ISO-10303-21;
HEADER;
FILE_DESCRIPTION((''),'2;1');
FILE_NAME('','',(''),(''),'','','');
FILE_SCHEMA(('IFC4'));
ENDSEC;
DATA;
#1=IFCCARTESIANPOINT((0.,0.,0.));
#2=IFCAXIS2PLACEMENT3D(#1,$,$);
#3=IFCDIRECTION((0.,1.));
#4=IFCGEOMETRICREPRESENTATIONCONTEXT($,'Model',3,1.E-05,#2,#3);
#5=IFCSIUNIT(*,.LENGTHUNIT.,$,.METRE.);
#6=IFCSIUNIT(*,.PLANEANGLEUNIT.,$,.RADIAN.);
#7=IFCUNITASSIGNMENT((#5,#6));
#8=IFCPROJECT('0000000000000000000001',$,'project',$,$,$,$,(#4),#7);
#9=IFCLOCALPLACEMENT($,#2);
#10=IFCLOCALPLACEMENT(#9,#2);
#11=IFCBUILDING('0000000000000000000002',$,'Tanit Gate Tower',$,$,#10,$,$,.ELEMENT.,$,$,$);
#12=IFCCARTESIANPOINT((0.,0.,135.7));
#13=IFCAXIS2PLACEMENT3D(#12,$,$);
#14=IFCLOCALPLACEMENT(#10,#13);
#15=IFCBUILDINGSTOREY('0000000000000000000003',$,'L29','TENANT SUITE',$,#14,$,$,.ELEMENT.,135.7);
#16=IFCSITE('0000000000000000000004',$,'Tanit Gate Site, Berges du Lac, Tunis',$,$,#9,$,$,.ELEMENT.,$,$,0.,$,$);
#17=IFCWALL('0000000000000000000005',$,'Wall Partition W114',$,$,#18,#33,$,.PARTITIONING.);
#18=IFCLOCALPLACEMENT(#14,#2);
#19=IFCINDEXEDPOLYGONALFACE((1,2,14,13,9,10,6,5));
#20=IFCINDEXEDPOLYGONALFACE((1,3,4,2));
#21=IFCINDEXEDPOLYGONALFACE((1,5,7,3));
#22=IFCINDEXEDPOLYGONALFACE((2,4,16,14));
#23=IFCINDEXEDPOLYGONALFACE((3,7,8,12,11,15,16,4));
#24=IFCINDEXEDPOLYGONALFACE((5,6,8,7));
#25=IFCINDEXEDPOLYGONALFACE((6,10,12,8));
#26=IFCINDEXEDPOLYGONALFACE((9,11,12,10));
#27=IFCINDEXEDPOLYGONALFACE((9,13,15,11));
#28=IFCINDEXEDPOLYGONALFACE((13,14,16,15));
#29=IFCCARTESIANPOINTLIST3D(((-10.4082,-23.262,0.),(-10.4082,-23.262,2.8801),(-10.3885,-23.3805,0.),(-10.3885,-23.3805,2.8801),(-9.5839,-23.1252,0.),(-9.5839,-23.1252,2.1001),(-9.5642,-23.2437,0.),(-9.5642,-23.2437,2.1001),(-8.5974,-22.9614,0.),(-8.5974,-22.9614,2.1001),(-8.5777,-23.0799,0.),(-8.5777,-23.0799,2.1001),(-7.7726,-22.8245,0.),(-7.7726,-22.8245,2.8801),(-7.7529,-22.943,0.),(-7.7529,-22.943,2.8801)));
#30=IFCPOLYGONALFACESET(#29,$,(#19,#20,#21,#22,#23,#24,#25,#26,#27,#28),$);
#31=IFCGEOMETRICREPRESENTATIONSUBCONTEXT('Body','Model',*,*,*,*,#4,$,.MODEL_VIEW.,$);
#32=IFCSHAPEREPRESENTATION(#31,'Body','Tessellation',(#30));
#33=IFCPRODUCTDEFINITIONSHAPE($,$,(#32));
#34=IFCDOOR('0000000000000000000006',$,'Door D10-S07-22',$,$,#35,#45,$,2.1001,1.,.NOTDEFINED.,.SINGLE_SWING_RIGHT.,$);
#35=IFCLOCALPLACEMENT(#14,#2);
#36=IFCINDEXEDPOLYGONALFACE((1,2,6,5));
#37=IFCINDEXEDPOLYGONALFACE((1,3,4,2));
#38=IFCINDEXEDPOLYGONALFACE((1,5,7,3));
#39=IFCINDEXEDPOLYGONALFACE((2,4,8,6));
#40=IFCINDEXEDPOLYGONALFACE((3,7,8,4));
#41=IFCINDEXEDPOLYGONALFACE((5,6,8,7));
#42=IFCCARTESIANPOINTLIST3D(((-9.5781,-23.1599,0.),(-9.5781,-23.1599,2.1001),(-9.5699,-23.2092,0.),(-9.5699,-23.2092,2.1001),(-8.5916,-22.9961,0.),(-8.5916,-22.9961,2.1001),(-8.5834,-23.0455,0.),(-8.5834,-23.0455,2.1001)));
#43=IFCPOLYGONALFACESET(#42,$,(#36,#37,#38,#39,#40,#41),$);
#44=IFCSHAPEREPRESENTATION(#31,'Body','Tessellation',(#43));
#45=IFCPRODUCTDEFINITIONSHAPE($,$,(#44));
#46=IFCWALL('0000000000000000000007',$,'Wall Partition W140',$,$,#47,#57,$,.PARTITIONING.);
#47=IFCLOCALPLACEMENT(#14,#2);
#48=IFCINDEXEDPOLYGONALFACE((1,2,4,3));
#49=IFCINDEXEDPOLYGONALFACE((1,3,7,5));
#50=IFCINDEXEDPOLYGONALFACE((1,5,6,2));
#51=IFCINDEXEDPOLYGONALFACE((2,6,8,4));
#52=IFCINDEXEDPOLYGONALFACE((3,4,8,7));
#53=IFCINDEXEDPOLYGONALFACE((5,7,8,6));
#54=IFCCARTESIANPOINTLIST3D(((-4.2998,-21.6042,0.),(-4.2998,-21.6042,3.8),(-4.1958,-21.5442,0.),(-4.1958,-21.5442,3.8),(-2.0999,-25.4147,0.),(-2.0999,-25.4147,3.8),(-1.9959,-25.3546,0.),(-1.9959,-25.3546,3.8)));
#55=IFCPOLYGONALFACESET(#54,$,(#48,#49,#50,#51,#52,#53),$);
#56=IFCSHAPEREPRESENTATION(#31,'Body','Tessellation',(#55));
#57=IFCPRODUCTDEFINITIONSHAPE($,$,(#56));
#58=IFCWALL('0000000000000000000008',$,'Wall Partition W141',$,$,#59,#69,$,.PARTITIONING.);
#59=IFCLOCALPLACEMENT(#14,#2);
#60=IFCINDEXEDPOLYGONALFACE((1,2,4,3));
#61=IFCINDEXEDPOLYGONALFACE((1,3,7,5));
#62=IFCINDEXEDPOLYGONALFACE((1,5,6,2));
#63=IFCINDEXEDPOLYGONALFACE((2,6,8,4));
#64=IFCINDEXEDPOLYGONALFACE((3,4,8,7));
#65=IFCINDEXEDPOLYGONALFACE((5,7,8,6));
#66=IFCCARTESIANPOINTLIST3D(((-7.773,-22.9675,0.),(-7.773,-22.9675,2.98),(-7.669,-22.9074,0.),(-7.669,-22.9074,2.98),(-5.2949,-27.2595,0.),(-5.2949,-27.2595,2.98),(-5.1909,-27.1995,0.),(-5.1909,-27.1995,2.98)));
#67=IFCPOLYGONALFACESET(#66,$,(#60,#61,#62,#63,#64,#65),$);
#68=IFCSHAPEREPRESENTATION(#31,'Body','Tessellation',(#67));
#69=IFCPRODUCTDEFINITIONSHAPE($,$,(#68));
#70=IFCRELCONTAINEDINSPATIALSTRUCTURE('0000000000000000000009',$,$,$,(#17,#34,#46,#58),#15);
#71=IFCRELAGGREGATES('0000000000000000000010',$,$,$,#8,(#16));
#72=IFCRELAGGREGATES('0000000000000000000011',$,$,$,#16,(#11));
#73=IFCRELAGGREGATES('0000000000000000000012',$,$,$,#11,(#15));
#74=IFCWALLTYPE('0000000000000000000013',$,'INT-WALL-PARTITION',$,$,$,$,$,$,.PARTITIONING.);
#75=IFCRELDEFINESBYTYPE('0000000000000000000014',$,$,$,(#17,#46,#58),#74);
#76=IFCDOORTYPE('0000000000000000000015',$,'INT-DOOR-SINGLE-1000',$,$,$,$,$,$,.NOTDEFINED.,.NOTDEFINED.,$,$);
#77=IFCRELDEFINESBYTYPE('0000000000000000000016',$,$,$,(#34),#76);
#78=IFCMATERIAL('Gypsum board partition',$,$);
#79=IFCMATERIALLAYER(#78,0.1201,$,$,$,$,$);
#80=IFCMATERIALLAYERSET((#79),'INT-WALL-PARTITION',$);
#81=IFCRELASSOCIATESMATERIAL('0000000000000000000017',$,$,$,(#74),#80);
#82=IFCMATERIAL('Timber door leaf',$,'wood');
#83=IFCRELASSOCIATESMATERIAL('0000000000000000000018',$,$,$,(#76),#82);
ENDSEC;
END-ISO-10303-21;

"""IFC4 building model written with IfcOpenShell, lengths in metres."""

from ifc_helpers import new_model, si_unit, direction, frame, frame_2d, origin, place, context, subcontext, project, spatial, rectangle, extrude, material, layer, layer_set, type_object, element, fill, save


model = new_model("IFC4")

# Units and contexts
model_context = context("Model", 3, precision=1e-05, world=origin(), true_north=direction((0.0, 1.0)))
body_context = subcontext(model_context, "Body", "Model", "MODEL_VIEW")
ifc_project = project(units=[si_unit("LENGTHUNIT", "METRE"), si_unit("PLANEANGLEUNIT", "RADIAN")], contexts=[model_context])

# Site, building, storey
site_placement = place(None, origin())
site = spatial("IfcSite", under=ifc_project, at=site_placement, Name="Tanit Gate Site, Berges du Lac, Tunis", CompositionType="ELEMENT", RefElevation=0.0)
building_placement = place(site_placement, origin())
building = spatial("IfcBuilding", under=site, at=building_placement, Name="Tanit Gate Tower", CompositionType="ELEMENT")
storey_placement = place(building_placement, frame((0.0, 0.0, 135.7)))
storey = spatial("IfcBuildingStorey", under=building, at=storey_placement, Name="L29", Description="TENANT SUITE", CompositionType="ELEMENT", Elevation=135.7)

# Shared definitions
ifc_material_1 = material(Name="Gypsum board partition")
ifc_layer_1 = layer(ifc_material_1, 0.1201)
ifc_layer_set_1 = layer_set([ifc_layer_1], Name="INT-WALL-PARTITION")
wall_type_1 = type_object("IfcWallType", Name="INT-WALL-PARTITION", PredefinedType="PARTITIONING", material=ifc_layer_set_1)
ifc_material_2 = material(Name="Timber door leaf", Category="wood")
door_type = type_object("IfcDoorType", Name="INT-DOOR-SINGLE-1000", OperationType="NOTDEFINED", PredefinedType="NOTDEFINED", material=ifc_material_2)

# Wall, opening, door
wall_1_placement = place(storey_placement, frame((-10.3984, -23.3213, 0.0), z_axis=(0.0, 0.0, 1.0), x_axis=(0.9865, 0.163762, 0.0)))
wall_1 = element("IfcWall", 1, at=wall_1_placement, inside=storey, type_object=wall_type_1, Name="Wall Partition W114", PredefinedType="PARTITIONING", context=body_context, shape_type="SweptSolid", body=[
    extrude(rectangle(XDim=2.6716, YDim=0.1201, at=frame_2d((1.3359, 0.0))), origin(), (0.0, 0.0, 1.0), 2.8801),
])
opening_1_placement = place(wall_1_placement, frame((0.8357, 0.0, 0.0)))
opening_1 = element("IfcOpeningElement", 2, at=opening_1_placement, cuts=wall_1, PredefinedType="OPENING", context=body_context, shape_type="SweptSolid", body=[
    extrude(rectangle(XDim=1.0, YDim=2.1001, at=frame_2d((0.5, 1.05))), frame((0.0, 0.0701, 0.0), z_axis=(0.0, -1.0, 0.0), x_axis=(1.0, 0.0, 0.0)), (0.0, 0.0, 1.0), 0.1401),
])
door_1_placement = place(opening_1_placement, origin())
door_1 = element("IfcDoor", 3, at=door_1_placement, inside=storey, type_object=door_type, Name="Door D10-S07-22", OperationType="SINGLE_SWING_RIGHT", OverallHeight=2.1001, OverallWidth=1.0, PredefinedType="NOTDEFINED", context=body_context, shape_type="SweptSolid", body=[
    extrude(rectangle(XDim=1.0, YDim=2.1001, at=frame_2d((0.5, 1.05))), frame((0.0, 0.0249, 0.0), z_axis=(0.0, -1.0, 0.0), x_axis=(1.0, 0.0, 0.0)), (0.0, 0.0, 1.0), 0.05),
])
fill(opening_1, door_1)

# Walls
wall_2_placement = place(storey_placement, frame((-4.2478, -21.5742, 0.0), z_axis=(0.0, 0.0, 1.0), x_axis=(0.499988, -0.866032, 0.0)))
element("IfcWall", 4, at=wall_2_placement, inside=storey, type_object=wall_type_1, Name="Wall Partition W140", PredefinedType="PARTITIONING", context=body_context, shape_type="SweptSolid", body=[
    extrude(rectangle(XDim=4.3999, YDim=0.1201, at=frame_2d((2.2, 0.0))), origin(), (0.0, 0.0, 1.0), 3.8),
])
wall_3_placement = place(storey_placement, frame((-5.2429, -27.2295, 0.0), z_axis=(0.0, 0.0, 1.0), x_axis=(-0.500007, 0.866022, 0.0)))
element("IfcWall", 5, at=wall_3_placement, inside=storey, type_object=wall_type_1, Name="Wall Partition W141", PredefinedType="PARTITIONING", context=body_context, shape_type="SweptSolid", body=[
    extrude(rectangle(XDim=4.9561, YDim=0.1201, at=frame_2d((2.478, 0.0))), origin(), (0.0, 0.0, 1.0), 2.98),
])

save(model, "model.ifc")
